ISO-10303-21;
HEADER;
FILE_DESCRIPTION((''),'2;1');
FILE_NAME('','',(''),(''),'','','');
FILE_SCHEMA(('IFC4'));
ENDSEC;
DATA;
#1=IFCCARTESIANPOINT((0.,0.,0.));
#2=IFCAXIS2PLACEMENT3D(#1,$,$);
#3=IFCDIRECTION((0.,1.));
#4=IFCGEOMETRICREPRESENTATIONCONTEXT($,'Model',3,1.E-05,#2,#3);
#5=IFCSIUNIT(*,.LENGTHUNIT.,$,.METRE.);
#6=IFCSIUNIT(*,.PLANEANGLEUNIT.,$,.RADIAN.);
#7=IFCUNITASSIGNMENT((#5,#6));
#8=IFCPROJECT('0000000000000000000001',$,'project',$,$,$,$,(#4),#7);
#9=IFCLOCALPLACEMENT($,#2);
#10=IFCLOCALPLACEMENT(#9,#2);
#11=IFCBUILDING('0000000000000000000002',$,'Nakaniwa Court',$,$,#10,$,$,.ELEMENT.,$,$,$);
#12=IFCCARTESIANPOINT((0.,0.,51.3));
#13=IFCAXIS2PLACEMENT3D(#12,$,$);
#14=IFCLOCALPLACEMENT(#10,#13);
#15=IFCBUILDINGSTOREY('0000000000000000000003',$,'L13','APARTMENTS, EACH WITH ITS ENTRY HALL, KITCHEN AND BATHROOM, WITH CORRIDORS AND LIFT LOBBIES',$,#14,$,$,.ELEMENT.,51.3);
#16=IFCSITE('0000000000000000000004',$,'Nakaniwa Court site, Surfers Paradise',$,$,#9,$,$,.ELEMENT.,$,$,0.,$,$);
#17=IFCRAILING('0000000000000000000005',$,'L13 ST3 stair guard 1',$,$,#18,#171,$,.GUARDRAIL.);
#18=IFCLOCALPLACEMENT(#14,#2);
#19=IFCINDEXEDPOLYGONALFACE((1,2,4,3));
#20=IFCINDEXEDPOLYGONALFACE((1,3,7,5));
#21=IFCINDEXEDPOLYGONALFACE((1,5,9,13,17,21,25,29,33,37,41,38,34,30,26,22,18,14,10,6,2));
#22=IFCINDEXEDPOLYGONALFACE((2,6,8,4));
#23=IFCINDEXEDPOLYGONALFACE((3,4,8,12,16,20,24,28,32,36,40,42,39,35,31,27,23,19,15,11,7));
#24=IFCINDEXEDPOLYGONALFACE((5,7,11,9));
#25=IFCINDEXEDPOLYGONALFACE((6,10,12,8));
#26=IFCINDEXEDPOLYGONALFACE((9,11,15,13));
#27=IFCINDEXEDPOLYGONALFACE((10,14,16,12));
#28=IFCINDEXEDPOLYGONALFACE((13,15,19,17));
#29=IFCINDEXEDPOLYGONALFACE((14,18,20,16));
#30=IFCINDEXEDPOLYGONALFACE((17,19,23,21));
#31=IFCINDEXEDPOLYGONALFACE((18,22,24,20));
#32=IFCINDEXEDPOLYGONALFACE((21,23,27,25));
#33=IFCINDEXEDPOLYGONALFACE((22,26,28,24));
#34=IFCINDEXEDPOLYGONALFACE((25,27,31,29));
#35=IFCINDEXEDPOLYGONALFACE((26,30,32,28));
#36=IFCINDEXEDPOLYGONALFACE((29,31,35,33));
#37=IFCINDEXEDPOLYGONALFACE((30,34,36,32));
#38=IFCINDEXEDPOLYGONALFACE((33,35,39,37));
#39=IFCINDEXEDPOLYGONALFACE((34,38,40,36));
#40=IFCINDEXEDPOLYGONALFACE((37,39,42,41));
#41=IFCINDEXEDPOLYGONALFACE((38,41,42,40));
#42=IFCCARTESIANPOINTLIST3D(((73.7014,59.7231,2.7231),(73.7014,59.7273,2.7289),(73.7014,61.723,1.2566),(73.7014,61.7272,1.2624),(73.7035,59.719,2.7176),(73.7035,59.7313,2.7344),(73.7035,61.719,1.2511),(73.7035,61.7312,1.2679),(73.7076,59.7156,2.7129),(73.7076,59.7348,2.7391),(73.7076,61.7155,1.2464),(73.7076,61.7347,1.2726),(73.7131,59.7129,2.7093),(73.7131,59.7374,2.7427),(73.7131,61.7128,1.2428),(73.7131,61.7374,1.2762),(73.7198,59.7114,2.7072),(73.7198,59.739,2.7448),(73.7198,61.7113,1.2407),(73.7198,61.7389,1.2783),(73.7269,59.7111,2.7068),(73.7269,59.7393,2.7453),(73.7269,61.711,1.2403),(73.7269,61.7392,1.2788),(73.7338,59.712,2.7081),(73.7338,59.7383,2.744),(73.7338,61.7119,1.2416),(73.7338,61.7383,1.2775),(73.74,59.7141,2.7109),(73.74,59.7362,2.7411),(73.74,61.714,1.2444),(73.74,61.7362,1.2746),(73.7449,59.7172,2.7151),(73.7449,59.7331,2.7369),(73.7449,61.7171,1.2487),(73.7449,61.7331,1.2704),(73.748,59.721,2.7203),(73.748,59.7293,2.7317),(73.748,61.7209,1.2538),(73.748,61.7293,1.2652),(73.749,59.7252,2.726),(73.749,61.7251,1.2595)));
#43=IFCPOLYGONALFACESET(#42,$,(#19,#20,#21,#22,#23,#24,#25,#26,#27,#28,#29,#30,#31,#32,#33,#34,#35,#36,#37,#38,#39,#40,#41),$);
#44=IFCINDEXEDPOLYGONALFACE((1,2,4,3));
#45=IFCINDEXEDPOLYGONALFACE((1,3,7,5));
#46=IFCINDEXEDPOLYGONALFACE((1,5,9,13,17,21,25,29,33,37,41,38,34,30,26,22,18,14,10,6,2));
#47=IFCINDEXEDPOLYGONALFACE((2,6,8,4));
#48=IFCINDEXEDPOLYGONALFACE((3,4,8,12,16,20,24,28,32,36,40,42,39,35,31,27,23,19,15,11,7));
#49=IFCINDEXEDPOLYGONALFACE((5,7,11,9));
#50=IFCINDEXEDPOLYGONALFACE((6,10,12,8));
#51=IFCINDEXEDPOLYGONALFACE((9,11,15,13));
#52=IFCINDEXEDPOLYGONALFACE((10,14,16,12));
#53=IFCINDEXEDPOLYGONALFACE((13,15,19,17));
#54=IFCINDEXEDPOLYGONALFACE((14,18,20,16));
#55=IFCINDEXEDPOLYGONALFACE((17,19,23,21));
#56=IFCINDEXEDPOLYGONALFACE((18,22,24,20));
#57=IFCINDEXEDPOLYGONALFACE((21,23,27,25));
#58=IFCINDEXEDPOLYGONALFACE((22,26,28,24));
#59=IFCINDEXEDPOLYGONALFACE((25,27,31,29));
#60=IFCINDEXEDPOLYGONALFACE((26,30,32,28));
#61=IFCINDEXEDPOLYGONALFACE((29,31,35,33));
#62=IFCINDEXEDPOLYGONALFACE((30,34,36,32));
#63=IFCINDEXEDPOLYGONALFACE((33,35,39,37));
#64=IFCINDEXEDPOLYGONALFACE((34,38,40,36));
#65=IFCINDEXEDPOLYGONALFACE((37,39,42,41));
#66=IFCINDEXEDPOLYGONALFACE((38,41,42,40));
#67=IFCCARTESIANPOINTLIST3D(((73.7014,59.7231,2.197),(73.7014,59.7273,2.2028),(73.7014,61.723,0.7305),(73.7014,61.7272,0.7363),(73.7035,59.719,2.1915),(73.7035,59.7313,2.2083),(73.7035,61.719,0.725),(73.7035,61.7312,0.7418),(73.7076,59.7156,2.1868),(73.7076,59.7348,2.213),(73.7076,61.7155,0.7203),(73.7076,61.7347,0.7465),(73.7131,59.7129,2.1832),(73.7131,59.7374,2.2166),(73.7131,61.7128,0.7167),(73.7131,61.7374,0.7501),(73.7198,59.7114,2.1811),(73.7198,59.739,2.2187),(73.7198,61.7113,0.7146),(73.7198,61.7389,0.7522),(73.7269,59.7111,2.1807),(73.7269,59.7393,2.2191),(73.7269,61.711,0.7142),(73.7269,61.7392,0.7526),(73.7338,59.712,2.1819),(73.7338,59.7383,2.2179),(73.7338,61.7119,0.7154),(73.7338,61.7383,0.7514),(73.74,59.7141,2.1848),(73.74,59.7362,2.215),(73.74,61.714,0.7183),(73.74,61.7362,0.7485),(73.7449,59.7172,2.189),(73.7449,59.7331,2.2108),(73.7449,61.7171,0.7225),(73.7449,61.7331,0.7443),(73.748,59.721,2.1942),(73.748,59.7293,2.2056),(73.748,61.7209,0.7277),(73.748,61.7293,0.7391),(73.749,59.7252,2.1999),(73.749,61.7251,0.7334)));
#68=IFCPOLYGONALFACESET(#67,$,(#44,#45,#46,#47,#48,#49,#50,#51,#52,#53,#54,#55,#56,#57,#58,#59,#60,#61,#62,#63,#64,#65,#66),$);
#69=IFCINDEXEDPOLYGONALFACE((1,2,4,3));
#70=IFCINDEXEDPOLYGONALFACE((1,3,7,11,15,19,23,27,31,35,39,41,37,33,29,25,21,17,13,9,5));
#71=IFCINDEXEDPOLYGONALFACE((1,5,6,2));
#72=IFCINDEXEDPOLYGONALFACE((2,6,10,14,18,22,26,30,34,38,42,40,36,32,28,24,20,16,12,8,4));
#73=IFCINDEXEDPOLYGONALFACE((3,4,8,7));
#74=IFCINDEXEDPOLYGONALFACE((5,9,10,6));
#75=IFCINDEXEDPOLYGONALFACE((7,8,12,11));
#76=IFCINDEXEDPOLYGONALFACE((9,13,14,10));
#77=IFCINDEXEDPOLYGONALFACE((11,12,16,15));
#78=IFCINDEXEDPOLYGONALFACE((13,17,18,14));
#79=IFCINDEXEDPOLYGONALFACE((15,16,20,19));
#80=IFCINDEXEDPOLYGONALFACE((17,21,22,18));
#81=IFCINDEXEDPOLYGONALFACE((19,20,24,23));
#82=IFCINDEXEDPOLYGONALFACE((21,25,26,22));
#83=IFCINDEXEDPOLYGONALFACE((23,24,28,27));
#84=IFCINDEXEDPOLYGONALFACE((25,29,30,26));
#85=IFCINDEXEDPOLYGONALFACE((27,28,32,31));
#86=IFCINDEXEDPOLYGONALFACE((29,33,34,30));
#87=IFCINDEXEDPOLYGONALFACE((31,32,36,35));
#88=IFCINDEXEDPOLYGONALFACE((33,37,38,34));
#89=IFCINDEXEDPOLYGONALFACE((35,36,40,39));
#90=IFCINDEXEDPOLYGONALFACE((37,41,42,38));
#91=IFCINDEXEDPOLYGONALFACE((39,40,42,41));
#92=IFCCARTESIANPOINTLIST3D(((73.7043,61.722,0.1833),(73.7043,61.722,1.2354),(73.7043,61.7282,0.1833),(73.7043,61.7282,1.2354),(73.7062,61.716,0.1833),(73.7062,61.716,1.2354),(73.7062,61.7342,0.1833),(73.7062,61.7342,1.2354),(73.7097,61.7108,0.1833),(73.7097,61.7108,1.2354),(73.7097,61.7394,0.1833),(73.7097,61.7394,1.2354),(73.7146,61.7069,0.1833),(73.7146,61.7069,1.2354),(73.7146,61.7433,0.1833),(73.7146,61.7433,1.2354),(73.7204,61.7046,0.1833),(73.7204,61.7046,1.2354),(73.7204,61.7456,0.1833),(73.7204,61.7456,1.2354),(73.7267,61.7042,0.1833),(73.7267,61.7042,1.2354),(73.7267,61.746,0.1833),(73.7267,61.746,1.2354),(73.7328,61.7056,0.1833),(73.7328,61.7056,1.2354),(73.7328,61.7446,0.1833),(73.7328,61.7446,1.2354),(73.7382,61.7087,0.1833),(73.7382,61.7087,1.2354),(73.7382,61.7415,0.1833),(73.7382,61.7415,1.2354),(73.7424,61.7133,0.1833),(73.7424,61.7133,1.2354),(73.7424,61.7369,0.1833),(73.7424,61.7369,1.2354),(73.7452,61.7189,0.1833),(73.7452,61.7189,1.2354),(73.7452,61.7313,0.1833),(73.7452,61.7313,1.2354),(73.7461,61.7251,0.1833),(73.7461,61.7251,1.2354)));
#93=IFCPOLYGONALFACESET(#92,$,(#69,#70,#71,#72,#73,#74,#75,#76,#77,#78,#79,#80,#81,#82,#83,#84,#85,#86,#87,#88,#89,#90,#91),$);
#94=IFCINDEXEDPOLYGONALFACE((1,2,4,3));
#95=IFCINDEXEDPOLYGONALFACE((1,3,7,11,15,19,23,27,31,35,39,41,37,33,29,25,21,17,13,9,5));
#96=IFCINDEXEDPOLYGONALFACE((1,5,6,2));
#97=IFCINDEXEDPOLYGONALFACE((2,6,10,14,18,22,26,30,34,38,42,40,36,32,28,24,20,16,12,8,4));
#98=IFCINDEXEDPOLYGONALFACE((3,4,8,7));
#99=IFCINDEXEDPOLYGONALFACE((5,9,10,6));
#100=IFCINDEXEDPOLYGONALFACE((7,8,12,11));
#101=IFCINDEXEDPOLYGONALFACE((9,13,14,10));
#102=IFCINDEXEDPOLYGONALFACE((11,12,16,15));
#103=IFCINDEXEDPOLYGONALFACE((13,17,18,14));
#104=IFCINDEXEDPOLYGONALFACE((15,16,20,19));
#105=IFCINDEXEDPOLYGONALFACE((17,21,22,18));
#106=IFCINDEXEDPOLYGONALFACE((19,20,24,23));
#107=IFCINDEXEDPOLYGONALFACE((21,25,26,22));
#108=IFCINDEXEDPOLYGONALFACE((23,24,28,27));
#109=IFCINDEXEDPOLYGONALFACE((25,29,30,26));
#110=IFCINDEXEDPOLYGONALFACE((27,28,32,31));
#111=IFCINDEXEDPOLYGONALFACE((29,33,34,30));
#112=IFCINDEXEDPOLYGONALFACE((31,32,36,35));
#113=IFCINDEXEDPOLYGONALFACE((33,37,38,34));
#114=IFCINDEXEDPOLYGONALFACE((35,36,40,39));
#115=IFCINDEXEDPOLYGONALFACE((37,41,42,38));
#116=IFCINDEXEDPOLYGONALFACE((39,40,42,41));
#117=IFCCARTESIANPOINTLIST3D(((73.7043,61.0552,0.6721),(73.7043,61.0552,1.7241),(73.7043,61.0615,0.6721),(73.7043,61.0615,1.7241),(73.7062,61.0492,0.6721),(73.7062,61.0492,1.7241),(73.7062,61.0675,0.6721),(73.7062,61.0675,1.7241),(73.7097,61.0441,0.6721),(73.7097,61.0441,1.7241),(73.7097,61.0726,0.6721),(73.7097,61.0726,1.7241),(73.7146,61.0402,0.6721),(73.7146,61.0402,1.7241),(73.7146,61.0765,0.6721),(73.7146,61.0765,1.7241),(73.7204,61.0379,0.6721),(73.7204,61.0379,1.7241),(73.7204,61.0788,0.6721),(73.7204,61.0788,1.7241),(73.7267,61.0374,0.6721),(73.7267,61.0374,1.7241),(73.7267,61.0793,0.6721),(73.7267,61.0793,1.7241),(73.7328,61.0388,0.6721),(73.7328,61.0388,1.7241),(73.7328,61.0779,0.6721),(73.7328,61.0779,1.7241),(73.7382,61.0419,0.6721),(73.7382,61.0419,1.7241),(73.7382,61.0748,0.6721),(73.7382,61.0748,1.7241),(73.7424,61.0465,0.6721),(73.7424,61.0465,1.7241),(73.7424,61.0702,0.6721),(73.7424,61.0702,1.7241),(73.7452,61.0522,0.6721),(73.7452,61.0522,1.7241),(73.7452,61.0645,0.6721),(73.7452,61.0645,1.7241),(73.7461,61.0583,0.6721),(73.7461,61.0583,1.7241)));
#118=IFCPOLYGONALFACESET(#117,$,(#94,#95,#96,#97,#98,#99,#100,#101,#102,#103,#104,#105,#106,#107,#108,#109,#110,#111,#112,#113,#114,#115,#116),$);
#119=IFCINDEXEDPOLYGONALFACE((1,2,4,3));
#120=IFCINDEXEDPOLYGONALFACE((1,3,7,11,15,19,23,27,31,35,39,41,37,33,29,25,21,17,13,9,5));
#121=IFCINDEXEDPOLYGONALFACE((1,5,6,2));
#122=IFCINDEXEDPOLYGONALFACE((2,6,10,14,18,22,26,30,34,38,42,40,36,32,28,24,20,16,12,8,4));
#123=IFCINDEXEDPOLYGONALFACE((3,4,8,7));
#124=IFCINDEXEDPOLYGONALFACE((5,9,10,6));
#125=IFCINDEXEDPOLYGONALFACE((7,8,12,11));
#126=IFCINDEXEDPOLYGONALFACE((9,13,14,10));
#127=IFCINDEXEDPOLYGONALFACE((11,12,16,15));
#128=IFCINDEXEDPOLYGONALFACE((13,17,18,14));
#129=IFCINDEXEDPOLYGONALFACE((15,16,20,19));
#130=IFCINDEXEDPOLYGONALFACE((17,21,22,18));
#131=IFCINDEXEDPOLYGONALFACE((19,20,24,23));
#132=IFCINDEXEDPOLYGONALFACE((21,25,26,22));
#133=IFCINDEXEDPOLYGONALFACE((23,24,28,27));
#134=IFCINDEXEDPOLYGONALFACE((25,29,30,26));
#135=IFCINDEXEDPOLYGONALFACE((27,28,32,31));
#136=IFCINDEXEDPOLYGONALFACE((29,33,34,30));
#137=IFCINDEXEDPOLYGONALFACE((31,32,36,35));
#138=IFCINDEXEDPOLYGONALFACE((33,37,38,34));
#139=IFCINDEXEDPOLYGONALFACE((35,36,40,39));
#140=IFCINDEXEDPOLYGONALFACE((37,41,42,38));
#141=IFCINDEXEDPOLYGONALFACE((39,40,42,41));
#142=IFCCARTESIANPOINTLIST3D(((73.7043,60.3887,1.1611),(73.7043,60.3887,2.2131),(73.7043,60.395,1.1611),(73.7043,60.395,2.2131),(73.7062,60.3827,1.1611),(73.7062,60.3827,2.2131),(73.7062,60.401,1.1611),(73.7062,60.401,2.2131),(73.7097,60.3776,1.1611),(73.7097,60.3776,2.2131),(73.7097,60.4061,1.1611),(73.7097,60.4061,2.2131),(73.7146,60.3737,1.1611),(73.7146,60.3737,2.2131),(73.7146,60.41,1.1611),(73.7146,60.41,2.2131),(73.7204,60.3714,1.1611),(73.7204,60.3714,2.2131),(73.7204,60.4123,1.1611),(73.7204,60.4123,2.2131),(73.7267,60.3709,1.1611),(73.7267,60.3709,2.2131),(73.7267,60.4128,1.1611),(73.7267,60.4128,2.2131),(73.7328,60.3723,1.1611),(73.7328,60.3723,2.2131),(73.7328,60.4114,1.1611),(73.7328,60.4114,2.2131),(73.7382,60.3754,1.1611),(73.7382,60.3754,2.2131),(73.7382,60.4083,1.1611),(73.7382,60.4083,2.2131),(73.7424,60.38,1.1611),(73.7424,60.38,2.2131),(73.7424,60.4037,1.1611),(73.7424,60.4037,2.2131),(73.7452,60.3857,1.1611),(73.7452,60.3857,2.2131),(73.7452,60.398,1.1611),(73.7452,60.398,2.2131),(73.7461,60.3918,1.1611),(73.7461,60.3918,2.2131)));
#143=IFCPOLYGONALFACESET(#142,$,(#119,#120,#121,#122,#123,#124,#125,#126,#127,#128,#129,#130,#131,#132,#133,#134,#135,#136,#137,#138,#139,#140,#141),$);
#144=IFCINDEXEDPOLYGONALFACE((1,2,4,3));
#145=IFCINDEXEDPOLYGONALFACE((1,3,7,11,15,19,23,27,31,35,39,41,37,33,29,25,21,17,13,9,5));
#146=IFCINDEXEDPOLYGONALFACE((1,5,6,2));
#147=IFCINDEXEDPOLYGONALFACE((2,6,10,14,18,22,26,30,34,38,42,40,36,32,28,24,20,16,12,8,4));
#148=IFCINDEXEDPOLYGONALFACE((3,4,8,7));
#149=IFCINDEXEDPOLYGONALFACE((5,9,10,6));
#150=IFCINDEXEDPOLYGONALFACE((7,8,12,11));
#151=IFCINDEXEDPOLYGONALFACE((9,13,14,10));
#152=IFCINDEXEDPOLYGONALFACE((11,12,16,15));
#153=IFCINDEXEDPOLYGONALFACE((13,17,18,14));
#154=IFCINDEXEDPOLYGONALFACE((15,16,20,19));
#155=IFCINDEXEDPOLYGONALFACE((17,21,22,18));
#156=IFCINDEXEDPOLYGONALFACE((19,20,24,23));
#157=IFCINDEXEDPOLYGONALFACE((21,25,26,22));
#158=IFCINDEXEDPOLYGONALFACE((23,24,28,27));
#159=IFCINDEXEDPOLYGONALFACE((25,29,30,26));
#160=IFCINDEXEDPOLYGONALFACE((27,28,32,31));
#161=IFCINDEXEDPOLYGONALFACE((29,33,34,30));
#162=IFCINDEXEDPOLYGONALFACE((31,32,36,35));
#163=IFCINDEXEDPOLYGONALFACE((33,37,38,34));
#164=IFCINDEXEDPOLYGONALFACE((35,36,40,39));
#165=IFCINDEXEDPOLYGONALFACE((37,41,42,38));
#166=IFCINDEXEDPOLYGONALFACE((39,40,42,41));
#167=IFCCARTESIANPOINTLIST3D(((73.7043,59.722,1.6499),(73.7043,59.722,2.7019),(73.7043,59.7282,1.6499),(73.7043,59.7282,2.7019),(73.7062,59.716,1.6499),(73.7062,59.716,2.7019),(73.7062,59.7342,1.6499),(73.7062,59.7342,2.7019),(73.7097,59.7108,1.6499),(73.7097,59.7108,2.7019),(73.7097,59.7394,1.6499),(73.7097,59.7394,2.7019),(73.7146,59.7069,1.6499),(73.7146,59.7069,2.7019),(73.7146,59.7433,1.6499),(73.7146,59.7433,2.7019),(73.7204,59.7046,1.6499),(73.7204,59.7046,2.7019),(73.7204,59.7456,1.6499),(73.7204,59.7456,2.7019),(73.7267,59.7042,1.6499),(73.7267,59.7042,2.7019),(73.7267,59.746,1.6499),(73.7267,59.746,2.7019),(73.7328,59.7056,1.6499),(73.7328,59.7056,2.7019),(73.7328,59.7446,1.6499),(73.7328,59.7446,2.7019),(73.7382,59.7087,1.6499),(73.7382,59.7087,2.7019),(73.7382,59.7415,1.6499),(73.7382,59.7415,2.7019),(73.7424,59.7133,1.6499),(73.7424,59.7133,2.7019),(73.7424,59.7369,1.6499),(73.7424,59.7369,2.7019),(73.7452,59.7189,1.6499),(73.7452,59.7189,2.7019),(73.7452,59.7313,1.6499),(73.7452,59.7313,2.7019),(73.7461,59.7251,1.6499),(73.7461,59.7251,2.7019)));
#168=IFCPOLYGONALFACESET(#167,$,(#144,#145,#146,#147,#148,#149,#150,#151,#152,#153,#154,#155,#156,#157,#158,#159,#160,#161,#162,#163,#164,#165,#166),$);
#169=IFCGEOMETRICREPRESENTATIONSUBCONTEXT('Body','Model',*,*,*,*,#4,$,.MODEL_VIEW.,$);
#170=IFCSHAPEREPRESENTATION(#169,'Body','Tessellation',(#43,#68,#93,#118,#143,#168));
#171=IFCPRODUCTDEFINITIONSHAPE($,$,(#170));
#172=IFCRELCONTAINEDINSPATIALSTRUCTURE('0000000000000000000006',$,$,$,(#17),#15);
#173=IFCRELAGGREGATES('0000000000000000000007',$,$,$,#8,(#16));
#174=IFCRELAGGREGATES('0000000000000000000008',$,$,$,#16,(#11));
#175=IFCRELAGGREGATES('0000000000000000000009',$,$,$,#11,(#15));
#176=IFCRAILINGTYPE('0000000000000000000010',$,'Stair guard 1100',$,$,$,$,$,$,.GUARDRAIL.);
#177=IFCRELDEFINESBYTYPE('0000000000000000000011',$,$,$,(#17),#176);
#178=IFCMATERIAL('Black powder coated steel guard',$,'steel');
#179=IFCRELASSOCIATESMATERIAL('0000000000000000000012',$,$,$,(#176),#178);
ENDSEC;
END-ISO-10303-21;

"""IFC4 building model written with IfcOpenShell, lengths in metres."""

from ifc_helpers import new_model, si_unit, direction, frame, origin, origin_2d, place, context, subcontext, project, spatial, circle, extrude, material, type_object, element, save


model = new_model("IFC4")

# Units and contexts
model_context = context("Model", 3, precision=1e-05, world=origin(), true_north=direction((0.0, 1.0)))
body_context = subcontext(model_context, "Body", "Model", "MODEL_VIEW")
ifc_project = project(units=[si_unit("LENGTHUNIT", "METRE"), si_unit("PLANEANGLEUNIT", "RADIAN")], contexts=[model_context])

# Site, building, storey
site_placement = place(None, origin())
site = spatial("IfcSite", under=ifc_project, at=site_placement, Name="Nakaniwa Court site, Surfers Paradise", CompositionType="ELEMENT", RefElevation=0.0)
building_placement = place(site_placement, origin())
building = spatial("IfcBuilding", under=site, at=building_placement, Name="Nakaniwa Court", CompositionType="ELEMENT")
storey_placement = place(building_placement, frame((0.0, 0.0, 51.3)))
storey = spatial("IfcBuildingStorey", under=building, at=storey_placement, Name="L13", Description="APARTMENTS, EACH WITH ITS ENTRY HALL, KITCHEN AND BATHROOM, WITH CORRIDORS AND LIFT LOBBIES", CompositionType="ELEMENT", Elevation=51.3)

# Railing
ifc_material_1 = material(Name="Black powder coated steel guard", Category="steel")
railing_type_1 = type_object("IfcRailingType", Name="Stair guard 1100", PredefinedType="GUARDRAIL", material=ifc_material_1)
railing_1_placement = place(storey_placement, frame((73.7251, 61.7251, 0.1833)))
element("IfcRailing", 1, at=railing_1_placement, inside=storey, type_object=railing_type_1, Name="L13 ST3 stair guard 1", PredefinedType="GUARDRAIL", context=body_context, shape_type="SweptSolid", body=[
    extrude(circle(Radius=0.0239, at=origin_2d()), frame((0.0, 0.0, 1.0762), z_axis=(0.0, -0.806427, 0.591334), x_axis=(1.0, 0.0, 0.0)), (0.0, 0.0, 1.0), 2.48),
    extrude(circle(Radius=0.0239, at=origin_2d()), frame((0.0, 0.0, 0.55), z_axis=(0.0, -0.806427, 0.591334), x_axis=(1.0, 0.0, 0.0)), (0.0, 0.0, 1.0), 2.48),
    extrude(circle(Radius=0.021, at=origin_2d()), origin(), (0.0, 0.0, 1.0), 1.052),
    extrude(circle(Radius=0.021, at=origin_2d()), frame((0.0, -0.6667, 0.4888)), (0.0, 0.0, 1.0), 1.052),
    extrude(circle(Radius=0.021, at=origin_2d()), frame((0.0, -1.3333, 0.9778)), (0.0, 0.0, 1.0), 1.052),
    extrude(circle(Radius=0.021, at=origin_2d()), frame((0.0, -2.0, 1.4666)), (0.0, 0.0, 1.0), 1.052),
])

save(model, "model.ifc")
